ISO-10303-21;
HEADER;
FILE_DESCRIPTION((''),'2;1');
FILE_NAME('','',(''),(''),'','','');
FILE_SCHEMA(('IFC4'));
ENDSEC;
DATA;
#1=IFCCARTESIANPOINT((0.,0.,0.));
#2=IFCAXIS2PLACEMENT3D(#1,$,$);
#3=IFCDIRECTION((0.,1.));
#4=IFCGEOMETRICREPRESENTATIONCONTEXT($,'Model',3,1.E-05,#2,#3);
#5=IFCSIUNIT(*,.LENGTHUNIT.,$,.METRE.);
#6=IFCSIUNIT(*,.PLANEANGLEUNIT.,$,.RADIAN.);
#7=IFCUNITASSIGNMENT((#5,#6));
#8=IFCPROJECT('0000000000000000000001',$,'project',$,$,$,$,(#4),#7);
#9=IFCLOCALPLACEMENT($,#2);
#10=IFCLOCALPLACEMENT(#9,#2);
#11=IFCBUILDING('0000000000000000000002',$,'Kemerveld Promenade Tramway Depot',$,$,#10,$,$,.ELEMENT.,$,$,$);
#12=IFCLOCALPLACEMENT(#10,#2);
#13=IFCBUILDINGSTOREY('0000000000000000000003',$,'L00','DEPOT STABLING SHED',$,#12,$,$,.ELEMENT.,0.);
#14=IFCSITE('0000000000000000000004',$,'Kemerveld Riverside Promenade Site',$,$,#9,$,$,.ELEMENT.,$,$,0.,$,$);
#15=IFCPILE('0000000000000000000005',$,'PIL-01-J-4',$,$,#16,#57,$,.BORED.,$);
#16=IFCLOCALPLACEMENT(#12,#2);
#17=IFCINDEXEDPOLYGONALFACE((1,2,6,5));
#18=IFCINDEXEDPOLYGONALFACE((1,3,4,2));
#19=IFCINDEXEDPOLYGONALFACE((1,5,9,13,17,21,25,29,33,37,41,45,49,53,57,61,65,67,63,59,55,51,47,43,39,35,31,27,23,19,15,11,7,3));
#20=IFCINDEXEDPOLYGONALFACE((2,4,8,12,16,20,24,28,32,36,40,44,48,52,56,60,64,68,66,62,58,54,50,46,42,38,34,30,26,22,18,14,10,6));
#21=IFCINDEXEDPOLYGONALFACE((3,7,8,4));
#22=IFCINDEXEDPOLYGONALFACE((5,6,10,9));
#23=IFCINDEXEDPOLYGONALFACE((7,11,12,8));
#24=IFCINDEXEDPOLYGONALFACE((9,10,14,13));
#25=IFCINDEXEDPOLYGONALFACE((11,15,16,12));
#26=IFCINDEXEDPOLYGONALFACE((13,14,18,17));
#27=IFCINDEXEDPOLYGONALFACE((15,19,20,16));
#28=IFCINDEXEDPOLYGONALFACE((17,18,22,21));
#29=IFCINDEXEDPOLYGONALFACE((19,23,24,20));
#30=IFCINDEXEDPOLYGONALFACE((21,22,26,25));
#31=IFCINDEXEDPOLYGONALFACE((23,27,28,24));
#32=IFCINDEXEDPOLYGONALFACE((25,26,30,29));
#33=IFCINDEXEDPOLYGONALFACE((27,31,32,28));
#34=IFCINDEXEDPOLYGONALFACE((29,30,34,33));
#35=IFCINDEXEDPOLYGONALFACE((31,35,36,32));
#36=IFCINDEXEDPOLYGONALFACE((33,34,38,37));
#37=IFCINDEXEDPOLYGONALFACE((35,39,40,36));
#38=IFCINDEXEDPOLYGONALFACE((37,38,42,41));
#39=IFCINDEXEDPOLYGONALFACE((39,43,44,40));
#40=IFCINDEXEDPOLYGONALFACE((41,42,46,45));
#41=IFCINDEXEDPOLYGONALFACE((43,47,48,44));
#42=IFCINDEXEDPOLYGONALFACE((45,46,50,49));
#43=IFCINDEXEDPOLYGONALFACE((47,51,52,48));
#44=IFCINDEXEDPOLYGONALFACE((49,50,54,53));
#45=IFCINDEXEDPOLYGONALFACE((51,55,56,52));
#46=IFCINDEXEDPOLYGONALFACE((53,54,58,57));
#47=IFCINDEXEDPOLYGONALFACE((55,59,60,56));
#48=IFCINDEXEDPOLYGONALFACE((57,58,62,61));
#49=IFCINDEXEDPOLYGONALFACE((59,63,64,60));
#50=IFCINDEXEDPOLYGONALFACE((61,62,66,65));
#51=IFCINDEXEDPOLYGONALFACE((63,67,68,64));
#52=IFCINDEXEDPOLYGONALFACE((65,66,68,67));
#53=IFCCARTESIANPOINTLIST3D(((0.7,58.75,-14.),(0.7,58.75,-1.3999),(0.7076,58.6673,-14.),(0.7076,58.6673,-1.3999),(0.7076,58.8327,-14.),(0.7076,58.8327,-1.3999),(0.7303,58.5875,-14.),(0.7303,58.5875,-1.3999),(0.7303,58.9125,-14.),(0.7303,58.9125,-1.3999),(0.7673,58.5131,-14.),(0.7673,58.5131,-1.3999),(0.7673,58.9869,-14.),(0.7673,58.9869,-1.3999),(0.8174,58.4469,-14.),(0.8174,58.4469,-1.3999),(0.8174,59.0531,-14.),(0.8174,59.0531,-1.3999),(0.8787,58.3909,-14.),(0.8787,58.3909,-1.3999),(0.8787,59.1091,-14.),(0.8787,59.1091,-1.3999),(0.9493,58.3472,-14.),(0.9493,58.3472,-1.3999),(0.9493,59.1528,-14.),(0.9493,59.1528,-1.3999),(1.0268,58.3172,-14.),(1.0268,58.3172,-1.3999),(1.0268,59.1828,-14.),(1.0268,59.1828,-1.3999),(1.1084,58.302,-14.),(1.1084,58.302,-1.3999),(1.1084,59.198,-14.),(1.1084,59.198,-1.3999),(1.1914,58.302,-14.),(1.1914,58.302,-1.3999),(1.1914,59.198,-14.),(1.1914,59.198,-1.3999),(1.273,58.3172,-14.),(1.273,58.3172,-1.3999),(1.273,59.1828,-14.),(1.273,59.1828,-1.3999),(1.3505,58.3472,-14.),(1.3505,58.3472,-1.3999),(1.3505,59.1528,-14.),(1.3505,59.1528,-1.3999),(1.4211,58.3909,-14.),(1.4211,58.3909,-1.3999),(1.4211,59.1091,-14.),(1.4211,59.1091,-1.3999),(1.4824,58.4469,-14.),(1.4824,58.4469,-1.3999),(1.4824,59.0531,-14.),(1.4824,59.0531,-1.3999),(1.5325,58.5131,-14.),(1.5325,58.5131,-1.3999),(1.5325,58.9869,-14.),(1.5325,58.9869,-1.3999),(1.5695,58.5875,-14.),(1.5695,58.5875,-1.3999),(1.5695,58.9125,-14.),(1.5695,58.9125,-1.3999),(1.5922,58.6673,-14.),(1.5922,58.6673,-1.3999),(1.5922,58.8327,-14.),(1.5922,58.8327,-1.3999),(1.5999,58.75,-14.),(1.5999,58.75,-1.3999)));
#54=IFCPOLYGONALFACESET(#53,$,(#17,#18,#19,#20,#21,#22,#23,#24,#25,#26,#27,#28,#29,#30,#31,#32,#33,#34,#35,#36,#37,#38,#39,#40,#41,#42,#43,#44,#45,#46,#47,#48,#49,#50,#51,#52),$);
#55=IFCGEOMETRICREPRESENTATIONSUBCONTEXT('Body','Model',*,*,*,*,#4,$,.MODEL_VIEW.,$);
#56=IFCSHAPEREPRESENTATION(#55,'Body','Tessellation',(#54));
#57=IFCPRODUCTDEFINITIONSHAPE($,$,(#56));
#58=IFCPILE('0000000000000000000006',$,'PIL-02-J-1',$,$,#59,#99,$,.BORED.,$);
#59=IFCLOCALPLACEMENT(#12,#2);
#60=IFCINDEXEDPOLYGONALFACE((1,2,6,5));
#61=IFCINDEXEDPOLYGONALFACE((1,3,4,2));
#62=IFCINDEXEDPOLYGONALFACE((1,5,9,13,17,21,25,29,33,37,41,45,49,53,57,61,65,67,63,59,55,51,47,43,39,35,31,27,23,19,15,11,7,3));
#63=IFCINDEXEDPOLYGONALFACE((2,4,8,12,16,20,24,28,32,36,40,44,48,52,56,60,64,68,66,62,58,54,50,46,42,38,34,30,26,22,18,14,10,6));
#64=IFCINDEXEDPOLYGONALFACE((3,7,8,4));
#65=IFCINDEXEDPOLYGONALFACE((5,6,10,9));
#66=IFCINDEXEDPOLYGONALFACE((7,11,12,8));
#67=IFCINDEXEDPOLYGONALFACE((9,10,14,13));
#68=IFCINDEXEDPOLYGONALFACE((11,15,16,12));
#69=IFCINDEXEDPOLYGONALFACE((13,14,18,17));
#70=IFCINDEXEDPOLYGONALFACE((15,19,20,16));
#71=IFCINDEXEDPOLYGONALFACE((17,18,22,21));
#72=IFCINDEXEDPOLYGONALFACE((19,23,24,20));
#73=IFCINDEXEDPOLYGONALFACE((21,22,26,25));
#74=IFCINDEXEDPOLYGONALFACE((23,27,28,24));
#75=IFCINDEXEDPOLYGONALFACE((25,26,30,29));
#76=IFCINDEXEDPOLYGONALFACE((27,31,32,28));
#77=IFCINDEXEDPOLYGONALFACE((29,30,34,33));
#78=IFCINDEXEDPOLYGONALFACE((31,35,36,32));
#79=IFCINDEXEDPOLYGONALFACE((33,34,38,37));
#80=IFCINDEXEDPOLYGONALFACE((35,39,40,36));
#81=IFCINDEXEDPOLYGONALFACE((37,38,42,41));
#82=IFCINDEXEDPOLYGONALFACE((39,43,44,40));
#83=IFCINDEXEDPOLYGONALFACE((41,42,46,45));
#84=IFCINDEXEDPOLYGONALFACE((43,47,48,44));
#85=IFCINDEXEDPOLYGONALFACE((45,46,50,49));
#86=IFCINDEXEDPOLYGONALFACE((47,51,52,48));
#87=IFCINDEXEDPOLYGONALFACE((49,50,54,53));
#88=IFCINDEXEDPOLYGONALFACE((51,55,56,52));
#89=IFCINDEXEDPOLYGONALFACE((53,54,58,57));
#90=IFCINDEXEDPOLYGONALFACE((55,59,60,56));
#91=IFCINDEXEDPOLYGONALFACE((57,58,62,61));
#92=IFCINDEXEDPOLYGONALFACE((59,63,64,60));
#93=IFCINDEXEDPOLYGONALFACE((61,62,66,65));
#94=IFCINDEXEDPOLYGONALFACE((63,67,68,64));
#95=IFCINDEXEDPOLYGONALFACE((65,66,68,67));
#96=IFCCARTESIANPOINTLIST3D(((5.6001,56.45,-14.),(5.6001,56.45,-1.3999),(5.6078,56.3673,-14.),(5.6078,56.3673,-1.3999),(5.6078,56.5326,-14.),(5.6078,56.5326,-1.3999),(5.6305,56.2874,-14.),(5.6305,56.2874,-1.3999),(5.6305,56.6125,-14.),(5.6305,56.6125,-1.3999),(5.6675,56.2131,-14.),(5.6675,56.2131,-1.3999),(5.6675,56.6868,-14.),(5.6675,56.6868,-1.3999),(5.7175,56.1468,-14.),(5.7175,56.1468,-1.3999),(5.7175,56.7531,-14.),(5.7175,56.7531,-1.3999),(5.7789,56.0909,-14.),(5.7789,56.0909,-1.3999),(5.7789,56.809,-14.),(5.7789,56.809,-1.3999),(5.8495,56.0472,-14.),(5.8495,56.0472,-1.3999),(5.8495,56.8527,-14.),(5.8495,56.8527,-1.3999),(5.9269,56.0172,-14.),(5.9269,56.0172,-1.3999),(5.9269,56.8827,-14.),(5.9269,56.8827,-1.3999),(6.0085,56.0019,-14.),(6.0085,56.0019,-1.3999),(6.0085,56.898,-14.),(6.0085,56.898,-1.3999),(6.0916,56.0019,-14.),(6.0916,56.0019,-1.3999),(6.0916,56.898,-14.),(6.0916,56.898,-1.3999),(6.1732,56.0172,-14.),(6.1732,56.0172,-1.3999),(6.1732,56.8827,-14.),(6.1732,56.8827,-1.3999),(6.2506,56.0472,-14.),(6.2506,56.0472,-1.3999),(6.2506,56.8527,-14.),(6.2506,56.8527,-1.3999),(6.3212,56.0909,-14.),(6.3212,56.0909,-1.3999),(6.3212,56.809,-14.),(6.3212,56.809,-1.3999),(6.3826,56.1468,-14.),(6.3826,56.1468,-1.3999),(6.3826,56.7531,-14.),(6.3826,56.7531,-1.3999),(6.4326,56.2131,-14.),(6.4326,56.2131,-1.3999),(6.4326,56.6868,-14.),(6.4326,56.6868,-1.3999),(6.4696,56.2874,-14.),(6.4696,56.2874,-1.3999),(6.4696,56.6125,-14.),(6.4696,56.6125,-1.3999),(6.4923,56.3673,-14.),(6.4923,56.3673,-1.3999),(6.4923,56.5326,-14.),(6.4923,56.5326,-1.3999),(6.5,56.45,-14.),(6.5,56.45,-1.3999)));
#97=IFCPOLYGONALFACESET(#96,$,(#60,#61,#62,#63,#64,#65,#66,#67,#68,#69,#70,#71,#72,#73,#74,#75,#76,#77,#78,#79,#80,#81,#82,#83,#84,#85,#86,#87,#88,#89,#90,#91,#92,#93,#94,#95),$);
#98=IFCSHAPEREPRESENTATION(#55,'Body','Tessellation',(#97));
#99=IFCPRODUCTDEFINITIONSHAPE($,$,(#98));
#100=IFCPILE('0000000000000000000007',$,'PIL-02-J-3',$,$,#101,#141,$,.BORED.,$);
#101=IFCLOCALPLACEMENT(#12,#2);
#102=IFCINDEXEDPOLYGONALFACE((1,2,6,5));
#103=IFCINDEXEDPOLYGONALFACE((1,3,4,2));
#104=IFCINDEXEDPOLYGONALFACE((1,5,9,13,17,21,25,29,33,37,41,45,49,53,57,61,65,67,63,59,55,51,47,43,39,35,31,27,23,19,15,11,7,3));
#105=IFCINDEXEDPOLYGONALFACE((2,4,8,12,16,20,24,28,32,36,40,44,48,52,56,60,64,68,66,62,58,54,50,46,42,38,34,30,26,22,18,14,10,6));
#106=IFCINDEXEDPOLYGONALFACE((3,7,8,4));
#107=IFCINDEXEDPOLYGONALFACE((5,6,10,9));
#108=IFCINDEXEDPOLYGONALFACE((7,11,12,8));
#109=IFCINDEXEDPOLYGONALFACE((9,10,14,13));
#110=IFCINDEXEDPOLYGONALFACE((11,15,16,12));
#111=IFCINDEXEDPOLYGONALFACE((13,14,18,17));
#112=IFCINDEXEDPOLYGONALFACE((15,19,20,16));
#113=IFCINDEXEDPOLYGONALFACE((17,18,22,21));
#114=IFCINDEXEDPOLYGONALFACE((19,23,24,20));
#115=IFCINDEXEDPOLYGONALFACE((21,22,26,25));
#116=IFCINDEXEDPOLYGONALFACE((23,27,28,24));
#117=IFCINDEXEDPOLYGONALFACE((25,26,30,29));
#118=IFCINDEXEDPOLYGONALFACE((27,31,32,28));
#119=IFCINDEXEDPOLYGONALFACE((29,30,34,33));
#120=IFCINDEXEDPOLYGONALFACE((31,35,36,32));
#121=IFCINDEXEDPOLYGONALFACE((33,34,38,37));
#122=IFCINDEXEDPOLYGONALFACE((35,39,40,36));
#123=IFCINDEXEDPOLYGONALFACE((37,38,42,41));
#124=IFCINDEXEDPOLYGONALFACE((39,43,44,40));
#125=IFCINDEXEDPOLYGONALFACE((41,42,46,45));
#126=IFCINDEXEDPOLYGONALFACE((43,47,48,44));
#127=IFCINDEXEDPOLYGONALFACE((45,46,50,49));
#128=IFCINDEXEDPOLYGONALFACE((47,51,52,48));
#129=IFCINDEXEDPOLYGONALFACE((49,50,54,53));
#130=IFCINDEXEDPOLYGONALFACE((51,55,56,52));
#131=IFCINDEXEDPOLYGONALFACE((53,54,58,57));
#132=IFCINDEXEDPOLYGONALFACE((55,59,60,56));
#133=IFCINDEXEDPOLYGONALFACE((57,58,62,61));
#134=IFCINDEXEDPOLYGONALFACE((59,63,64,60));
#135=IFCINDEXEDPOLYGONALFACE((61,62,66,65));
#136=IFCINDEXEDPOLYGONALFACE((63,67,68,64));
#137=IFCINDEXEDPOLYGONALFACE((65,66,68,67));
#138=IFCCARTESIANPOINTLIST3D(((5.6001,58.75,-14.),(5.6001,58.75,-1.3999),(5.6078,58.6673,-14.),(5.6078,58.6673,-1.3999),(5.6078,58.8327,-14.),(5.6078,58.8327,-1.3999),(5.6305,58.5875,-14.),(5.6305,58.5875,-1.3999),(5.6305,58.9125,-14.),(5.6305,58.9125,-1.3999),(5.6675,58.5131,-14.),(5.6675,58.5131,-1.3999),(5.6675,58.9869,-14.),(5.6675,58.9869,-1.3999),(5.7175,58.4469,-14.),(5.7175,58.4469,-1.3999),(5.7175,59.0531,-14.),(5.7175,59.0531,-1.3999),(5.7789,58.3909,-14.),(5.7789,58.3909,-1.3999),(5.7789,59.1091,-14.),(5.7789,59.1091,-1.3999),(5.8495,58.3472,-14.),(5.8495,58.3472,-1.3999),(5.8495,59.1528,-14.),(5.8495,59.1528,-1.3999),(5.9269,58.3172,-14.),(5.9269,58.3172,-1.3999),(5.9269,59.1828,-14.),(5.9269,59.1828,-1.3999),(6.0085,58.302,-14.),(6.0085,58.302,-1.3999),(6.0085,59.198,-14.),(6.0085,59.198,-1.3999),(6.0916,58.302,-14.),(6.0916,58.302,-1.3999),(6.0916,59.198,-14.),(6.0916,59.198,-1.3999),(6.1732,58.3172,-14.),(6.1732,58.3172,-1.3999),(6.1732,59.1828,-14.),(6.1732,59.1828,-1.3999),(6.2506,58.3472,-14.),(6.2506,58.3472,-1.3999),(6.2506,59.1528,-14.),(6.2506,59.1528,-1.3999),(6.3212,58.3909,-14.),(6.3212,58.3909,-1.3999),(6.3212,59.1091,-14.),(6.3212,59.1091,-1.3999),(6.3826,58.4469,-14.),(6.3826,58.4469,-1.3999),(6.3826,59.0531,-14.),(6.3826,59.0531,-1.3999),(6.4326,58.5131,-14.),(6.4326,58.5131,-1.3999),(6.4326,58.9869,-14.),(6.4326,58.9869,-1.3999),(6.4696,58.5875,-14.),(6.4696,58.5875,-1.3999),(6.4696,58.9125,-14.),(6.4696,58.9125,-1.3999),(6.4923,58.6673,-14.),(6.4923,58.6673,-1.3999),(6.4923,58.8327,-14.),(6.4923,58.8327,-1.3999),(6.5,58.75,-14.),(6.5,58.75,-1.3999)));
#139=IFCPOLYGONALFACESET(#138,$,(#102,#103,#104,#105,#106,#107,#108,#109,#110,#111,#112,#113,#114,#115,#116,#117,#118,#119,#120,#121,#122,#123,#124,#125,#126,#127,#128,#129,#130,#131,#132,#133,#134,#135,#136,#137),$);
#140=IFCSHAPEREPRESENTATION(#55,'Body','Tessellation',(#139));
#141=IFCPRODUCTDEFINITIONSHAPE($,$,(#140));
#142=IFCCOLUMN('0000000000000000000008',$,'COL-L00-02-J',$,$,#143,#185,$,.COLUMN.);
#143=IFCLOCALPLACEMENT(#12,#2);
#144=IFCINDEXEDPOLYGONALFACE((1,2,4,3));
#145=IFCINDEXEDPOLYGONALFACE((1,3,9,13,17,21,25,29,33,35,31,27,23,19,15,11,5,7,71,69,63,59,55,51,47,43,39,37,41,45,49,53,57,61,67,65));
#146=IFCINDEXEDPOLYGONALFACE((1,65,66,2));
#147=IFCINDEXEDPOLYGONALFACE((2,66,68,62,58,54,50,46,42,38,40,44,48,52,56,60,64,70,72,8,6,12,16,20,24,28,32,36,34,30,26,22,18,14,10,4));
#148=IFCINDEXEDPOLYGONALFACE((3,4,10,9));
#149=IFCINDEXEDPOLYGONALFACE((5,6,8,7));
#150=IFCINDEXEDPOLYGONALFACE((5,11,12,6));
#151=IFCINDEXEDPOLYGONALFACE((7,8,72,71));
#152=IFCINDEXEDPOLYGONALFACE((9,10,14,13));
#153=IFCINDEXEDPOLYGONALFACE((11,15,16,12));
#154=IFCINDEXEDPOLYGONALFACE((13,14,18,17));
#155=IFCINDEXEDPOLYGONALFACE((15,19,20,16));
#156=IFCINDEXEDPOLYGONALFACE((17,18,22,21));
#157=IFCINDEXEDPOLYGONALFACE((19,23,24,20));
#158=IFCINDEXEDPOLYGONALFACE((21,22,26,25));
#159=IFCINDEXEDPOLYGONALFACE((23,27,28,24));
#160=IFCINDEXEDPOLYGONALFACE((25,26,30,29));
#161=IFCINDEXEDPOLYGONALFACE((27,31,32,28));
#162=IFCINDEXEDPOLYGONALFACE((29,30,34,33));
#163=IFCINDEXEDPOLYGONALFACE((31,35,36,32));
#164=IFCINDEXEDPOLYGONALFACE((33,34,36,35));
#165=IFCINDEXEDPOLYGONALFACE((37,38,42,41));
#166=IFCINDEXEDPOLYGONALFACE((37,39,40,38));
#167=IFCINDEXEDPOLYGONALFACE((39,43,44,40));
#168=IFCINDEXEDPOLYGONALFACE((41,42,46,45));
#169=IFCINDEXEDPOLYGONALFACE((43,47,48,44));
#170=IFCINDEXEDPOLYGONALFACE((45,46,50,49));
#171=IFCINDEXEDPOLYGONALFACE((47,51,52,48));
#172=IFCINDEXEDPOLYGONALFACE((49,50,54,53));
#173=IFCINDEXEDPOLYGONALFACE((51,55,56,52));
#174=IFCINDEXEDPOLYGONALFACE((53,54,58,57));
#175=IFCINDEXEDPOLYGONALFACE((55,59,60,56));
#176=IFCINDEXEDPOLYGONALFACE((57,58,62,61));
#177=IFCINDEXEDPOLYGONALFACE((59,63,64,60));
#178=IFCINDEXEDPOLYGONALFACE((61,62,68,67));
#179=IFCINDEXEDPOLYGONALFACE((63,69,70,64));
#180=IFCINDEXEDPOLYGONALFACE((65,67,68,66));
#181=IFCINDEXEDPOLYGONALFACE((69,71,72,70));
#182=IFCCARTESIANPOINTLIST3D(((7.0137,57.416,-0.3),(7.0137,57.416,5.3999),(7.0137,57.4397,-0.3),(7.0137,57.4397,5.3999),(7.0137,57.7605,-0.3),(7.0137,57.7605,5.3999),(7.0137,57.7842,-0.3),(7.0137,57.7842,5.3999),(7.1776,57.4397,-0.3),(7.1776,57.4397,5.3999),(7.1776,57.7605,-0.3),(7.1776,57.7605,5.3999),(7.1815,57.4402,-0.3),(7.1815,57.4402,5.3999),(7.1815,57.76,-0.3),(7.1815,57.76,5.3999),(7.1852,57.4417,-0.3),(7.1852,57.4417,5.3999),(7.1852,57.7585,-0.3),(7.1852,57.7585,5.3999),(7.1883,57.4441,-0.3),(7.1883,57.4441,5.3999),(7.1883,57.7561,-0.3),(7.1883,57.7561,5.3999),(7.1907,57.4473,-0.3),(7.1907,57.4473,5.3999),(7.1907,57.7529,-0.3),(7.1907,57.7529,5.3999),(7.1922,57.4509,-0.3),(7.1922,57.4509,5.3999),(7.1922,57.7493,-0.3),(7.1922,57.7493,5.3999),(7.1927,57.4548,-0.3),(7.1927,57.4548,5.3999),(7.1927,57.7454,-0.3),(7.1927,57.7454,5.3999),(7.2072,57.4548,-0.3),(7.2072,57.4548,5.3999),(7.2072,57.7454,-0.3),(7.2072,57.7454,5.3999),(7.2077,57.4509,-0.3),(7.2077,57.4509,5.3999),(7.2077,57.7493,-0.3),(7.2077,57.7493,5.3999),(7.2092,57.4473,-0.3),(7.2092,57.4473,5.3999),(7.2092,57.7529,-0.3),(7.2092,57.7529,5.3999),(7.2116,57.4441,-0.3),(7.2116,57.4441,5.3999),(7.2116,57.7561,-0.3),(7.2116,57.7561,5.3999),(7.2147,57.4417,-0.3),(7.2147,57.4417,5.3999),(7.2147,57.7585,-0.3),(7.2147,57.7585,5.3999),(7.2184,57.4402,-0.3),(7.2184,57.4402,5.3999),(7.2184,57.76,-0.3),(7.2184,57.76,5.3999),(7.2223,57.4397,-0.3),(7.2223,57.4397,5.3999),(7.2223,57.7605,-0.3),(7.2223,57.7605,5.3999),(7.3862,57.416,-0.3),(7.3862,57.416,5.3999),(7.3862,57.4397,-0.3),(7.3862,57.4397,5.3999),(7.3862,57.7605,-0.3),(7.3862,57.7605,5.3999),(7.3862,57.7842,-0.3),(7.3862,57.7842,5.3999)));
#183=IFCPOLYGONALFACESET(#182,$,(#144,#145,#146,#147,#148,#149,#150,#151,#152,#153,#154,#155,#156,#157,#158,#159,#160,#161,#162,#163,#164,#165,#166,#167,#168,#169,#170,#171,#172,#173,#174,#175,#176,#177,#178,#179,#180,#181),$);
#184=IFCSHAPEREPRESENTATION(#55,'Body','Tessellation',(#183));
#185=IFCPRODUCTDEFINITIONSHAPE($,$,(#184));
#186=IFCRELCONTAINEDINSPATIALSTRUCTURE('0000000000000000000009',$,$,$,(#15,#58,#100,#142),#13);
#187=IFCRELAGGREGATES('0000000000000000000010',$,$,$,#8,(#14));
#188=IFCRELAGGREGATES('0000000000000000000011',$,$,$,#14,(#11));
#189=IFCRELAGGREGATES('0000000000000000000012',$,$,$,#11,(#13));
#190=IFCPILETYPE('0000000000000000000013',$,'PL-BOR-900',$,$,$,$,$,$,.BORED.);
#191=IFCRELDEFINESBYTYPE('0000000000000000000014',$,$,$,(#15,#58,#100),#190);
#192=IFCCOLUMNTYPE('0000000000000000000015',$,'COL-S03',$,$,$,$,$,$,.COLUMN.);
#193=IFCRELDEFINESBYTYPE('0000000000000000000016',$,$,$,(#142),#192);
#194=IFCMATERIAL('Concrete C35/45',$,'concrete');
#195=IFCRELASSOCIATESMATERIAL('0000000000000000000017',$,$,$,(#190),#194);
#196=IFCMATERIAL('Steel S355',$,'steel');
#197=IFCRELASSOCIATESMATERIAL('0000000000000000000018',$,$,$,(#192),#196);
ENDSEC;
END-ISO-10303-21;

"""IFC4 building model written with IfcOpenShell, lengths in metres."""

from ifc_helpers import new_model, si_unit, direction, frame, origin, origin_2d, place, context, subcontext, project, spatial, circle, i_section, extrude, material, material_profile, profile_set, type_object, element, save


model = new_model("IFC4")

# Units and contexts
model_context = context("Model", 3, precision=1e-05, world=origin(), true_north=direction((0.0, 1.0)))
body_context = subcontext(model_context, "Body", "Model", "MODEL_VIEW")
ifc_project = project(units=[si_unit("LENGTHUNIT", "METRE"), si_unit("PLANEANGLEUNIT", "RADIAN")], contexts=[model_context])

# Site, building, storey
site_placement = place(None, origin())
site = spatial("IfcSite", under=ifc_project, at=site_placement, Name="Kemerveld Riverside Promenade Site", CompositionType="ELEMENT", RefElevation=0.0)
building_placement = place(site_placement, origin())
building = spatial("IfcBuilding", under=site, at=building_placement, Name="Kemerveld Promenade Tramway Depot", CompositionType="ELEMENT")
storey_placement = place(building_placement, origin())
storey = spatial("IfcBuildingStorey", under=building, at=storey_placement, Name="L00", Description="DEPOT STABLING SHED", CompositionType="ELEMENT", Elevation=0.0)

# Shared definitions
ifc_material_1 = material(Name="Concrete C35/45", Category="concrete")

# Piles
ifc_material_profile_1 = material_profile(ifc_material_1, circle(Radius=0.45, at=origin_2d()), Name="PILE-D900")
ifc_profile_set_1 = profile_set([ifc_material_profile_1], Name="Concrete C35/45")
pile_type_1 = type_object("IfcPileType", Name="PL-BOR-900", PredefinedType="BORED", material=ifc_profile_set_1)
for number, where, z_axis, x_axis, name in (
    (1, (1.1499, 58.75, -1.3999), (0.0, 0.0, -1.0), (1.0, 0.0, 0.0), "PIL-01-J-4"),
    (2, (6.05, 56.45, -1.3999), (0.0, 0.0, -1.0), (1.0, 0.0, 0.0), "PIL-02-J-1"),
    (3, (6.05, 58.75, -1.3999), (0.0, 0.0, -1.0), (1.0, 0.0, 0.0), "PIL-02-J-3"),
):
    element("IfcPile", number, at=place(storey_placement, frame(where, z_axis=z_axis, x_axis=x_axis)), inside=storey, type_object=pile_type_1, Name=name, PredefinedType="BORED", context=body_context, shape_type="SweptSolid", body=[
        extrude(circle(Radius=0.45, at=origin_2d()), origin(), (0.0, 0.0, 1.0), 12.6001),
    ])

# Column
ifc_material_2 = material(Name="Steel S355", Category="steel")
ifc_material_profile_2 = material_profile(ifc_material_2, i_section(OverallWidth=0.3726, OverallDepth=0.3682, WebThickness=0.0144, FlangeThickness=0.0237, FilletRadius=0.0151, at=origin_2d()), Name="356x368x177 UC")
ifc_profile_set_2 = profile_set([ifc_material_profile_2], Name="Steel S355")
column_type = type_object("IfcColumnType", Name="COL-S03", PredefinedType="COLUMN", material=ifc_profile_set_2)
column_placement = place(storey_placement, frame((7.2, 57.6001, -0.3), z_axis=(0.0, 0.0, 1.0), x_axis=(1.0, 0.0, 0.0)))
element("IfcColumn", 4, at=column_placement, inside=storey, type_object=column_type, Name="COL-L00-02-J", PredefinedType="COLUMN", context=body_context, shape_type="SweptSolid", body=[
    extrude(i_section(OverallWidth=0.3726, OverallDepth=0.3682, WebThickness=0.0144, FlangeThickness=0.0237, FilletRadius=0.0151, at=origin_2d()), origin(), (0.0, 0.0, 1.0), 5.7),
])

save(model, "model.ifc")
